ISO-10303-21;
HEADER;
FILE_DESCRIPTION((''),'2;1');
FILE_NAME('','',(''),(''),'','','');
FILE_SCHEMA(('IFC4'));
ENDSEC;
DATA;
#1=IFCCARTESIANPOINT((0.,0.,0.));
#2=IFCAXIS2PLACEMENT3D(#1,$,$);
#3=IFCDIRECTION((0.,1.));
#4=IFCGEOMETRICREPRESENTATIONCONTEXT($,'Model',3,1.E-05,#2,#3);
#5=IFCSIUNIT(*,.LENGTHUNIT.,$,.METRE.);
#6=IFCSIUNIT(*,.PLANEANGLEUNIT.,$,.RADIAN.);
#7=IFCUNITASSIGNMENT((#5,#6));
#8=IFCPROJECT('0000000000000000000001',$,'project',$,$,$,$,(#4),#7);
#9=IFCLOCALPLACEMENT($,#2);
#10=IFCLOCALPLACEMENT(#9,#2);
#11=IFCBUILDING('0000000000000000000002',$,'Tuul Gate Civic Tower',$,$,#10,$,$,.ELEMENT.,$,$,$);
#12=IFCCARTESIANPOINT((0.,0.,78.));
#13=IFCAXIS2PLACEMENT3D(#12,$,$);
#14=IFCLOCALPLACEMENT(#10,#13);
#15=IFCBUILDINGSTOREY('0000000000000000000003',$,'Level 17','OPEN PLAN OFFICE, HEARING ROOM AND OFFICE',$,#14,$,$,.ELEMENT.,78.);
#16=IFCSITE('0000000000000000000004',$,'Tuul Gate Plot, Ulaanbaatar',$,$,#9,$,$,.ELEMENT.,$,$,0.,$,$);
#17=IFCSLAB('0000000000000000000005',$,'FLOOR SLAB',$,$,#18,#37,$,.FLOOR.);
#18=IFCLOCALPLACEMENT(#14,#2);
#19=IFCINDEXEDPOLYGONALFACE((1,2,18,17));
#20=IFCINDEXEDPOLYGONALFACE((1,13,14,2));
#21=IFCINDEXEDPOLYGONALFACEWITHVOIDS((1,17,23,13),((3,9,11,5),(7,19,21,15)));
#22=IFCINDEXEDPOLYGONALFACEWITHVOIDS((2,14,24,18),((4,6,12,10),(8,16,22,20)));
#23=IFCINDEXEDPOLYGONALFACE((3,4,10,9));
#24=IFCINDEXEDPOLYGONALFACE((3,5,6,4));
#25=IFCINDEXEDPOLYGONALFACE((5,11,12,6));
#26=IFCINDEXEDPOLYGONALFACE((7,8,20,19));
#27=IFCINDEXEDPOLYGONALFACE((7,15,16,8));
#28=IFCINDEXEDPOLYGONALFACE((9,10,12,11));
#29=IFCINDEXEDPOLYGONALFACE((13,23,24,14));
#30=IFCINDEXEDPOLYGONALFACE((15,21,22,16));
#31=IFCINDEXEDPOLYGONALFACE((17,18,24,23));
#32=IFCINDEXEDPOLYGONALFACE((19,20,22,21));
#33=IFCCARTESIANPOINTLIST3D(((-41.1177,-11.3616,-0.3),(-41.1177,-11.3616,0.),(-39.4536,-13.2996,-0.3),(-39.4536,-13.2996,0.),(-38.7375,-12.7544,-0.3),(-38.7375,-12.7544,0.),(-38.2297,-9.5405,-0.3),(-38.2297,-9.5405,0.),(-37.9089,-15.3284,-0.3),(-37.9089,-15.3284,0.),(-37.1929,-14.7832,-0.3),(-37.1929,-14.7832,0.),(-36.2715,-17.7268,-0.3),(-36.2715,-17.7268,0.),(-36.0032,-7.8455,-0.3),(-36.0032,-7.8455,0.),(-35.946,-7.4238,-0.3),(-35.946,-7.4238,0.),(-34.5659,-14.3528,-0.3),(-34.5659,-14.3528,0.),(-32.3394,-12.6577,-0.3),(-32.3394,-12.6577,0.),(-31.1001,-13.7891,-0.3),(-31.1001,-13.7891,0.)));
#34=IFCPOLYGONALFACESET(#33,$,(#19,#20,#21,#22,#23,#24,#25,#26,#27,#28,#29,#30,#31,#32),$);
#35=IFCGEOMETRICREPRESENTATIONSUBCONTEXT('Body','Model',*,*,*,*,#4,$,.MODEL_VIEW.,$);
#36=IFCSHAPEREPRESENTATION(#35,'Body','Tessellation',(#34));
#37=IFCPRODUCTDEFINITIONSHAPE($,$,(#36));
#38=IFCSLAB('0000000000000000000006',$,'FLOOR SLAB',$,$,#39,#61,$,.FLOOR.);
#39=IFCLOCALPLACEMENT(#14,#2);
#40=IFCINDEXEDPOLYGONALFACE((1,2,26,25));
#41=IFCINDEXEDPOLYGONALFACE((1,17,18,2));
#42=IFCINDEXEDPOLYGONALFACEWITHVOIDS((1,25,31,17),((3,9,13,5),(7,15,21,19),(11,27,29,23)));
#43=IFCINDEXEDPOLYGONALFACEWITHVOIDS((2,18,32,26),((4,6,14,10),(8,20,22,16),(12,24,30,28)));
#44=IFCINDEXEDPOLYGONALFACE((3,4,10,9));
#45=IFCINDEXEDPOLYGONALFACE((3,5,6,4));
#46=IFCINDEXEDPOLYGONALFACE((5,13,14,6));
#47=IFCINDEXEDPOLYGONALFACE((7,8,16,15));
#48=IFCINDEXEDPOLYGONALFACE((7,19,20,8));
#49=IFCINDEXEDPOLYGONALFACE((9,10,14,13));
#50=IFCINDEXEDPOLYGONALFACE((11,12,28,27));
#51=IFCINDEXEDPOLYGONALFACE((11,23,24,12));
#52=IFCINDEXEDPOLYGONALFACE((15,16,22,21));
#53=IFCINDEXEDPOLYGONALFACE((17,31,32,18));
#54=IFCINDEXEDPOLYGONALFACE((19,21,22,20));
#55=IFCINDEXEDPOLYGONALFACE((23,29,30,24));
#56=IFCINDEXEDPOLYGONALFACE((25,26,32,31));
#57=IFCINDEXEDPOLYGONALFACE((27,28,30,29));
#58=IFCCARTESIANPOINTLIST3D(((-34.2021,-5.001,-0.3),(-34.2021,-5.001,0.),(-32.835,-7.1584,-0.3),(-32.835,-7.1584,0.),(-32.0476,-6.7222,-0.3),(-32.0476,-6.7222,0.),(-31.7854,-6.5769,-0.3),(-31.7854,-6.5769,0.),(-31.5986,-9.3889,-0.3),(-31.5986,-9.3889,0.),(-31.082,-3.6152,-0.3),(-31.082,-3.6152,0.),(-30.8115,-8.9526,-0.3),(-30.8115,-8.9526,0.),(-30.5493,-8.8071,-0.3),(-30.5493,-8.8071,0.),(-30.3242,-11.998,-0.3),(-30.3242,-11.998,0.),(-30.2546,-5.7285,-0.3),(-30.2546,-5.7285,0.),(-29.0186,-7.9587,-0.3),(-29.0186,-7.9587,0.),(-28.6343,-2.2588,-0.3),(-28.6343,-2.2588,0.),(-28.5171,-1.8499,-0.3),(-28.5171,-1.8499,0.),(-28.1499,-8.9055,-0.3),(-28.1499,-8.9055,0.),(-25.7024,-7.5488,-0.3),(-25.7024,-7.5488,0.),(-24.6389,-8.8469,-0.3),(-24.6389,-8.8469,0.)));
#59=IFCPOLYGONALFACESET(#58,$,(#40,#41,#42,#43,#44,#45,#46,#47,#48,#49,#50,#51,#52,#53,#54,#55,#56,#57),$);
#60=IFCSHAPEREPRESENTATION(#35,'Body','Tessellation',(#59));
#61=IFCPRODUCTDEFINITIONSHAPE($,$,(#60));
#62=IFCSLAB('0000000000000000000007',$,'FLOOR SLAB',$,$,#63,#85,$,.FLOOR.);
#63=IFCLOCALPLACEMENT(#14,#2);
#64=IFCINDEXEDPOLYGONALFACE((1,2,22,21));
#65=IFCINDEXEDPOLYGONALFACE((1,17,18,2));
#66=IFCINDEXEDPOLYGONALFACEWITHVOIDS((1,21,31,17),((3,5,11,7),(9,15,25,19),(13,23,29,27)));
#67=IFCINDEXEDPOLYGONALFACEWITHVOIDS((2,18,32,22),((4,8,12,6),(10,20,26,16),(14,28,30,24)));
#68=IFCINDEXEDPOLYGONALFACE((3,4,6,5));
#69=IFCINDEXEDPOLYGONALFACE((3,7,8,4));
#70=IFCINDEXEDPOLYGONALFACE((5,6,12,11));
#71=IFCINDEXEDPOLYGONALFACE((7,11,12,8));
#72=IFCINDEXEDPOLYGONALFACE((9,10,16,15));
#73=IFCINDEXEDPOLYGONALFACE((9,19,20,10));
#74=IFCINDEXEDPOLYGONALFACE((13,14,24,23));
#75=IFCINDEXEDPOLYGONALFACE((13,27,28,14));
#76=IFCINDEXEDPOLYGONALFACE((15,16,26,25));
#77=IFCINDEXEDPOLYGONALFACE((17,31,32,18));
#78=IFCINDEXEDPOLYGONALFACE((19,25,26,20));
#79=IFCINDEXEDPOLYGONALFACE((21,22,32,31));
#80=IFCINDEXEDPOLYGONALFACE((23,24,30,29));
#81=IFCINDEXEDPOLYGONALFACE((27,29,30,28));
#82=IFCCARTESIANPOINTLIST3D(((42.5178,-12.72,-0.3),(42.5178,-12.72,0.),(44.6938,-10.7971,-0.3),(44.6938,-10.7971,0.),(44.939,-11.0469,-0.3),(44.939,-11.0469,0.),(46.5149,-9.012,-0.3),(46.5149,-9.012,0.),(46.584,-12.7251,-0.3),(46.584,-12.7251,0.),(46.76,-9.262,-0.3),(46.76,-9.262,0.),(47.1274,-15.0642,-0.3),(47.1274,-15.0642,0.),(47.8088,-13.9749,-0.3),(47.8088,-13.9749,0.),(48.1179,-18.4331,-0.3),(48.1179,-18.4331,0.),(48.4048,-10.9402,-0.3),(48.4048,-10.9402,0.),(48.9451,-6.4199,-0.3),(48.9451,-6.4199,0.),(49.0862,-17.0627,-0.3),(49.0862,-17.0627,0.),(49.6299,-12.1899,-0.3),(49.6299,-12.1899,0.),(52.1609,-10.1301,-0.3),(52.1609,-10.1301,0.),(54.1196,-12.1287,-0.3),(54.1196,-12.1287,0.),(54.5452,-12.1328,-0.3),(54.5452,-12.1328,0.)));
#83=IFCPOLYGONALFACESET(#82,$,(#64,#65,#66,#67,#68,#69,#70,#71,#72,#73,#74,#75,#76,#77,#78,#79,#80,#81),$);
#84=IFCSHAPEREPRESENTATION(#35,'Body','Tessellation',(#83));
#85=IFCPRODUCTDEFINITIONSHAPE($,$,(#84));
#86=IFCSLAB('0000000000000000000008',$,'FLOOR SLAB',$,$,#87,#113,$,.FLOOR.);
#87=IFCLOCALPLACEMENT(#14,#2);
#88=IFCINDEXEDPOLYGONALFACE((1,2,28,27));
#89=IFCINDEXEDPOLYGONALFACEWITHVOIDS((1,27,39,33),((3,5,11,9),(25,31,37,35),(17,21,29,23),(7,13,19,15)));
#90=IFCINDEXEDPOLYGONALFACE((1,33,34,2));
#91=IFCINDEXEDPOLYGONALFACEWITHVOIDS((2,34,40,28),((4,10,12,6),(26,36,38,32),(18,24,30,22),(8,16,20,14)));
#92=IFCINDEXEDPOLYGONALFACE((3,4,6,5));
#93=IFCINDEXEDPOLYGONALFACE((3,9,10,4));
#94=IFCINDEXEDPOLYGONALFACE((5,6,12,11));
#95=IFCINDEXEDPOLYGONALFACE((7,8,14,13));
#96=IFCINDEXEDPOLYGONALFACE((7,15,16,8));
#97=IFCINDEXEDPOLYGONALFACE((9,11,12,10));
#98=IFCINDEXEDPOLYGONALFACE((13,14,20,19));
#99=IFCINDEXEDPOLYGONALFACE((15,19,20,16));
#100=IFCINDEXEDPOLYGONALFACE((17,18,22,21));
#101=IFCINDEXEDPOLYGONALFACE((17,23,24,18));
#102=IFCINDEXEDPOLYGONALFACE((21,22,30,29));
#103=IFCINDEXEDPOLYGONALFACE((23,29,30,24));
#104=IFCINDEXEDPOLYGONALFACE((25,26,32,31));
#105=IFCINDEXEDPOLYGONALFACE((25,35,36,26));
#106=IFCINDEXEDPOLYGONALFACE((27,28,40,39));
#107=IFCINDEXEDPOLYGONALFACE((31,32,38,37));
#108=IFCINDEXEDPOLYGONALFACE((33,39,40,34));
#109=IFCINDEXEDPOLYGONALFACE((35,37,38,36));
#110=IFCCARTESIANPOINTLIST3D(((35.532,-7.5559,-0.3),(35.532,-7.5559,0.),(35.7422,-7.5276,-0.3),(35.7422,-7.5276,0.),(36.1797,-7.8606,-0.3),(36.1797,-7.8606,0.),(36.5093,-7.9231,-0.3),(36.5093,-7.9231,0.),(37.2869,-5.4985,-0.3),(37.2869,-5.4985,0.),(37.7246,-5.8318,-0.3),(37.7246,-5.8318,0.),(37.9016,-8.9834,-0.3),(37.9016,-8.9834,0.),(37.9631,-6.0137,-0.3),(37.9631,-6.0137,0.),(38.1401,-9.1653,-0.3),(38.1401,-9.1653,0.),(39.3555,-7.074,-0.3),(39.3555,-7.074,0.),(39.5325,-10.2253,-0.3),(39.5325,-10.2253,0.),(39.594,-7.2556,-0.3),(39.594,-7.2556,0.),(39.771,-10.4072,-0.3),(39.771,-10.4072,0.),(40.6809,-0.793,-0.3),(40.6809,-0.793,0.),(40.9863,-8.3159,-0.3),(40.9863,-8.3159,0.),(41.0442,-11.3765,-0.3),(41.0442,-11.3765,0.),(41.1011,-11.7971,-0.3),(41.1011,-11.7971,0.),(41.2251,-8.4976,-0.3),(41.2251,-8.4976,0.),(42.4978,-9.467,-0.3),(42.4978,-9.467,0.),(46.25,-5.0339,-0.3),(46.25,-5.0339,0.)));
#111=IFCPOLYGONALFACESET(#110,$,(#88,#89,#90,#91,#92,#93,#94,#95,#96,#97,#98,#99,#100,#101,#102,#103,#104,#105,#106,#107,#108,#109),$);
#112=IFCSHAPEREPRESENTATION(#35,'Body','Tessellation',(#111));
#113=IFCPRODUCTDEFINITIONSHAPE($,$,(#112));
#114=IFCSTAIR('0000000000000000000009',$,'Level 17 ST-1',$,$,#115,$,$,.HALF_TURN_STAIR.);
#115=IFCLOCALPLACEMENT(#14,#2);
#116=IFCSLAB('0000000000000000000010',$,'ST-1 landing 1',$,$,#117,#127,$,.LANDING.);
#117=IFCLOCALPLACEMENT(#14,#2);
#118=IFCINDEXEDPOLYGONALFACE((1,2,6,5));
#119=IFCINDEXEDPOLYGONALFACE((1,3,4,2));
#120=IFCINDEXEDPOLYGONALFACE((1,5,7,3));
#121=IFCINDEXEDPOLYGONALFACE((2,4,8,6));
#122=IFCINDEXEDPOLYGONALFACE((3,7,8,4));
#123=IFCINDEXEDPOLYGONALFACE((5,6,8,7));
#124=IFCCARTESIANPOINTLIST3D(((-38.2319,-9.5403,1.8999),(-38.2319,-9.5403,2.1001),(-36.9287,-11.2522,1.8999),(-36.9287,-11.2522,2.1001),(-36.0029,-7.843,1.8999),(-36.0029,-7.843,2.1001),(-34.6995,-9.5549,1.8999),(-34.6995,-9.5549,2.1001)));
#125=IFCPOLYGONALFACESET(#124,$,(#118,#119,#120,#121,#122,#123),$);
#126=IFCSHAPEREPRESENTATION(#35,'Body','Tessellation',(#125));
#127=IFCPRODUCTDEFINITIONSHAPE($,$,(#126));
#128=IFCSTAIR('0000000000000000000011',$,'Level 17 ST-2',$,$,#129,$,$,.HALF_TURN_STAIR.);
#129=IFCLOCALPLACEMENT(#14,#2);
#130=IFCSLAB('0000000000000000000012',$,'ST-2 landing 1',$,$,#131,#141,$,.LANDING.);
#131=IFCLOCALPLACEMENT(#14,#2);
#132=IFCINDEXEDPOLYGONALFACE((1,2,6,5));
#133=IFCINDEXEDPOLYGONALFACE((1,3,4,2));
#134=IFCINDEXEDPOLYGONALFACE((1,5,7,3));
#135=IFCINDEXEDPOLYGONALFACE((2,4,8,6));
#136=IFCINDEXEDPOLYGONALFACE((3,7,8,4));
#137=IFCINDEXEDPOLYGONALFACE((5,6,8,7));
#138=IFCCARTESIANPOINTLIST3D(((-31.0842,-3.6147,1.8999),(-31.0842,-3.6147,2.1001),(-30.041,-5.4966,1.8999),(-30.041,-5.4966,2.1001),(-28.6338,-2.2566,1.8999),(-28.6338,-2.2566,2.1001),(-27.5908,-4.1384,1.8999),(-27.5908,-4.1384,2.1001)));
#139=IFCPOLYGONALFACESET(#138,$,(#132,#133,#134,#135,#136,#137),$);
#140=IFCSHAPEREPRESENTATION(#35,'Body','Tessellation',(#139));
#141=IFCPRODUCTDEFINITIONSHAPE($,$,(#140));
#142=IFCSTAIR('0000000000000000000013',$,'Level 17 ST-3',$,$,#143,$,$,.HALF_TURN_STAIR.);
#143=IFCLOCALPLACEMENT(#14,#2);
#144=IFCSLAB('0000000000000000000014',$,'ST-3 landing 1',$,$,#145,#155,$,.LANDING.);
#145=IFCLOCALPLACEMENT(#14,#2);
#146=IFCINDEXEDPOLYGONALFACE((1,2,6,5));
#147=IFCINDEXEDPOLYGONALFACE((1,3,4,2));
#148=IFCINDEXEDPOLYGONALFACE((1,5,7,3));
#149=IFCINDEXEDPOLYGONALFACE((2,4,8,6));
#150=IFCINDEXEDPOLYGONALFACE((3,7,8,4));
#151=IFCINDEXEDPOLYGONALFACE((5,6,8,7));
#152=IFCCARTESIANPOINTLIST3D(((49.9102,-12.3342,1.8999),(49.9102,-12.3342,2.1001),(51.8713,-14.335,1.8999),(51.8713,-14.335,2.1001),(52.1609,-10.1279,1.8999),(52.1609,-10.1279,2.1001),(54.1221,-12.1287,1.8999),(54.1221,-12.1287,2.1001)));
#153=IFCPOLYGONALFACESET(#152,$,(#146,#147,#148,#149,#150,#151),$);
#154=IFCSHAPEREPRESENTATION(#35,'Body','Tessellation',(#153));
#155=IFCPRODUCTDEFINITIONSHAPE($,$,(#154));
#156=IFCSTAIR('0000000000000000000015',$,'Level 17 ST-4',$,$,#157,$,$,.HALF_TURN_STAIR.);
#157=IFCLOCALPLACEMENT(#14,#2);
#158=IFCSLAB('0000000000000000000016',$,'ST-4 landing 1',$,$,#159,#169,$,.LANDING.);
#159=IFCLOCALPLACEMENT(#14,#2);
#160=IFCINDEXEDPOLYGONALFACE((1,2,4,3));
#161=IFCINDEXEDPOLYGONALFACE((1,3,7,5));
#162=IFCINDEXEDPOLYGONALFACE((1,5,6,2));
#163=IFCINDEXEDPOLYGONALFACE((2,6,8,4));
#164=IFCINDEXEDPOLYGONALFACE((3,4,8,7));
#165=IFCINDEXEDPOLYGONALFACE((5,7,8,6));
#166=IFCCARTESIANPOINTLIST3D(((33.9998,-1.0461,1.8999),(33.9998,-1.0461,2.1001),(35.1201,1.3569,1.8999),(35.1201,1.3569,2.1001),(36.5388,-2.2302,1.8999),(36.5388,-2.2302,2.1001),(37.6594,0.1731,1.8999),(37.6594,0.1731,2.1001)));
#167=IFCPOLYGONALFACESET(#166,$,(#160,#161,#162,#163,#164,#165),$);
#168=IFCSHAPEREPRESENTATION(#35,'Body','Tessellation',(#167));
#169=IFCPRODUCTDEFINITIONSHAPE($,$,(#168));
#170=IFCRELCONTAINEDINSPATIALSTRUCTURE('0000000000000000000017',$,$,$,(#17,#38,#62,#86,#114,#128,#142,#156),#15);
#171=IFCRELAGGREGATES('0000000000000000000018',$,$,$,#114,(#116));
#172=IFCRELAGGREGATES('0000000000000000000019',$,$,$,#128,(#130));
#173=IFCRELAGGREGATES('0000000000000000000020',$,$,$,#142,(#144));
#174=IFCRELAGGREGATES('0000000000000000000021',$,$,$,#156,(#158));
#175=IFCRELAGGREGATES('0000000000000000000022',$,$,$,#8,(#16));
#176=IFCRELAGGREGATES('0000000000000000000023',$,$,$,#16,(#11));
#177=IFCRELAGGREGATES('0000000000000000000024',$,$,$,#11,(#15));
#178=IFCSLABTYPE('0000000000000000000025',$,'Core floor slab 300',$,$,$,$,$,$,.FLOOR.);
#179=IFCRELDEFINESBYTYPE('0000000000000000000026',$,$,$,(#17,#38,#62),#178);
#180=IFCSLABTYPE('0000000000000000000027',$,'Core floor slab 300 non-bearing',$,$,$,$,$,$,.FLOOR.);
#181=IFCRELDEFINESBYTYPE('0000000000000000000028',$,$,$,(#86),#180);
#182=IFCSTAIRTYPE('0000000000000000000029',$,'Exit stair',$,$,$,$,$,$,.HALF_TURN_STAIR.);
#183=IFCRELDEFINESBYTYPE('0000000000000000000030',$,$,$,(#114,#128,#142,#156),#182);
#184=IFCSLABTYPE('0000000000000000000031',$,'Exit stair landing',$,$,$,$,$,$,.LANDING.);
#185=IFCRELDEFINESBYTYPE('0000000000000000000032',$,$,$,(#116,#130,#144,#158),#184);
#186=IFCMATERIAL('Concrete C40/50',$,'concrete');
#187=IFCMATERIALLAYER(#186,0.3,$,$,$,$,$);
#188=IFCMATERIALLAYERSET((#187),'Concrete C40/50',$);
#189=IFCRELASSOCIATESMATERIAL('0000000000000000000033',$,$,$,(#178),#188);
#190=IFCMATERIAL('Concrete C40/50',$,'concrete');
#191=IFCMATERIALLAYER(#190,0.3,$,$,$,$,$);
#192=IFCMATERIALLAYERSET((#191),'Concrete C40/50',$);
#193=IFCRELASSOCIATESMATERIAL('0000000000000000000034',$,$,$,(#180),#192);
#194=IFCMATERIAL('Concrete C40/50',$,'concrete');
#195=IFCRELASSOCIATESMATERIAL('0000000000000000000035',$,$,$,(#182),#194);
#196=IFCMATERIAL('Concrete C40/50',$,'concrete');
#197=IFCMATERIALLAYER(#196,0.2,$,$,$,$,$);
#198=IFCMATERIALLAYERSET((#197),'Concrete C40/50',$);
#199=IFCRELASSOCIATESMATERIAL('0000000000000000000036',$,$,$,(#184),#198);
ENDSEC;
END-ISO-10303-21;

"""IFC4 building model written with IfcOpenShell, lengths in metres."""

from ifc_helpers import new_model, si_unit, direction, frame, origin, place, context, subcontext, project, spatial, polyline, outline, extrude, material, layer, layer_set, type_object, element, aggregate, save


model = new_model("IFC4")

# Units and contexts
model_context = context("Model", 3, precision=1e-05, world=origin(), true_north=direction((0.0, 1.0)))
body_context = subcontext(model_context, "Body", "Model", "MODEL_VIEW")
ifc_project = project(units=[si_unit("LENGTHUNIT", "METRE"), si_unit("PLANEANGLEUNIT", "RADIAN")], contexts=[model_context])

# Site, building, storey
site_placement = place(None, origin())
site = spatial("IfcSite", under=ifc_project, at=site_placement, Name="Tuul Gate Plot, Ulaanbaatar", CompositionType="ELEMENT", RefElevation=0.0)
building_placement = place(site_placement, origin())
building = spatial("IfcBuilding", under=site, at=building_placement, Name="Tuul Gate Civic Tower", CompositionType="ELEMENT")
storey_placement = place(building_placement, frame((0.0, 0.0, 78.0)))
storey = spatial("IfcBuildingStorey", under=building, at=storey_placement, Name="Level 17", Description="OPEN PLAN OFFICE, HEARING ROOM AND OFFICE", CompositionType="ELEMENT", Elevation=78.0)

# Slabs
ifc_material_1 = material(Name="Concrete C40/50", Category="concrete")
ifc_layer_1 = layer(ifc_material_1, 0.3)
ifc_layer_set_1 = layer_set([ifc_layer_1], Name="Concrete C40/50")
slab_type_1 = type_object("IfcSlabType", Name="Core floor slab 300", PredefinedType="FLOOR", material=ifc_layer_set_1)
slab_1_placement = place(storey_placement, frame((0.0, 0.0, -0.3)))
element("IfcSlab", 1, at=slab_1_placement, inside=storey, type_object=slab_type_1, Name="FLOOR SLAB", PredefinedType="FLOOR", context=body_context, shape_type="SweptSolid", body=[
    extrude(outline(polyline([(-31.1001, -13.7891), (-35.946, -7.4238), (-41.1177, -11.3616), (-36.2715, -17.7268), (-31.1001, -13.7891)]), holes=[polyline([(-37.1929, -14.7832), (-38.7375, -12.7544), (-39.4536, -13.2996), (-37.9089, -15.3284), (-37.1929, -14.7832)]), polyline([(-32.3394, -12.6577), (-34.5659, -14.3528), (-38.2297, -9.5405), (-36.0032, -7.8455), (-32.3394, -12.6577)])]), origin(), (0.0, 0.0, 1.0), 0.3),
])
slab_2_placement = place(storey_placement, frame((0.0, 0.0, -0.3)))
element("IfcSlab", 2, at=slab_2_placement, inside=storey, type_object=slab_type_1, Name="FLOOR SLAB", PredefinedType="FLOOR", context=body_context, shape_type="SweptSolid", body=[
    extrude(outline(polyline([(-24.6389, -8.8469), (-28.5171, -1.8499), (-34.2021, -5.001), (-30.3242, -11.998), (-24.6389, -8.8469)]), holes=[polyline([(-29.0186, -7.9587), (-30.2546, -5.7285), (-31.7854, -6.5769), (-30.5493, -8.8071), (-29.0186, -7.9587)]), polyline([(-30.8115, -8.9526), (-32.0476, -6.7222), (-32.835, -7.1584), (-31.5986, -9.3889), (-30.8115, -8.9526)]), polyline([(-25.7024, -7.5488), (-28.1499, -8.9055), (-31.082, -3.6152), (-28.6343, -2.2588), (-25.7024, -7.5488)])]), origin(), (0.0, 0.0, 1.0), 0.3),
])
slab_3_placement = place(storey_placement, frame((0.0, 0.0, -0.3)))
element("IfcSlab", 3, at=slab_3_placement, inside=storey, type_object=slab_type_1, Name="FLOOR SLAB", PredefinedType="FLOOR", context=body_context, shape_type="SweptSolid", body=[
    extrude(outline(polyline([(48.1179, -18.4331), (54.5452, -12.1328), (48.9451, -6.4199), (42.5178, -12.72), (48.1179, -18.4331)]), holes=[polyline([(47.8088, -13.9749), (49.6299, -12.1899), (48.4048, -10.9402), (46.584, -12.7251), (47.8088, -13.9749)]), polyline([(44.939, -11.0469), (46.76, -9.262), (46.5149, -9.012), (44.6938, -10.7971), (44.939, -11.0469)]), polyline([(49.0862, -17.0627), (47.1274, -15.0642), (52.1609, -10.1301), (54.1196, -12.1287), (49.0862, -17.0627)])]), origin(), (0.0, 0.0, 1.0), 0.3),
])
ifc_material_2 = material(Name="Concrete C40/50", Category="concrete")
ifc_layer_2 = layer(ifc_material_2, 0.3)
ifc_layer_set_2 = layer_set([ifc_layer_2], Name="Concrete C40/50")
slab_type_2 = type_object("IfcSlabType", Name="Core floor slab 300 non-bearing", PredefinedType="FLOOR", material=ifc_layer_set_2)
slab_4_placement = place(storey_placement, frame((0.0, 0.0, -0.3)))
element("IfcSlab", 4, at=slab_4_placement, inside=storey, type_object=slab_type_2, Name="FLOOR SLAB", PredefinedType="FLOOR", context=body_context, shape_type="SweptSolid", body=[
    extrude(outline(polyline([(41.1011, -11.7971), (46.25, -5.0339), (40.6809, -0.793), (35.532, -7.5559), (41.1011, -11.7971)]), holes=[polyline([(41.0442, -11.3765), (42.4978, -9.467), (41.2251, -8.4976), (39.771, -10.4072), (41.0442, -11.3765)]), polyline([(39.5325, -10.2253), (40.9863, -8.3159), (39.594, -7.2556), (38.1401, -9.1653), (39.5325, -10.2253)]), polyline([(37.9016, -8.9834), (39.3555, -7.074), (37.9631, -6.0137), (36.5093, -7.9231), (37.9016, -8.9834)]), polyline([(36.1797, -7.8606), (37.7246, -5.8318), (37.2869, -5.4985), (35.7422, -7.5276), (36.1797, -7.8606)])]), origin(), (0.0, 0.0, 1.0), 0.3),
])

# Stairs, slabs
ifc_material_3 = material(Name="Concrete C40/50", Category="concrete")
stair_type = type_object("IfcStairType", Name="Exit stair", PredefinedType="HALF_TURN_STAIR", material=ifc_material_3)
stair_1_placement = place(storey_placement, origin())
stair_1 = element("IfcStair", 5, at=stair_1_placement, inside=storey, type_object=stair_type, Name="Level 17 ST-1", PredefinedType="HALF_TURN_STAIR")
ifc_material_4 = material(Name="Concrete C40/50", Category="concrete")
ifc_layer_3 = layer(ifc_material_4, 0.2)
ifc_layer_set_3 = layer_set([ifc_layer_3], Name="Concrete C40/50")
slab_type_3 = type_object("IfcSlabType", Name="Exit stair landing", PredefinedType="LANDING", material=ifc_layer_set_3)
slab_5_placement = place(storey_placement, frame((0.0, 0.0, 1.8999)))
slab_5 = element("IfcSlab", 6, at=slab_5_placement, type_object=slab_type_3, Name="ST-1 landing 1", PredefinedType="LANDING", context=body_context, shape_type="SweptSolid", body=[
    extrude(outline(polyline([(-34.6995, -9.5549), (-36.9287, -11.2522), (-38.2319, -9.5403), (-36.0029, -7.843), (-34.6995, -9.5549)])), origin(), (0.0, 0.0, 1.0), 0.2002),
])
aggregate(stair_1, [slab_5])
stair_2_placement = place(storey_placement, origin())
stair_2 = element("IfcStair", 7, at=stair_2_placement, inside=storey, type_object=stair_type, Name="Level 17 ST-2", PredefinedType="HALF_TURN_STAIR")
slab_6_placement = place(storey_placement, frame((0.0, 0.0, 1.8999)))
slab_6 = element("IfcSlab", 8, at=slab_6_placement, type_object=slab_type_3, Name="ST-2 landing 1", PredefinedType="LANDING", context=body_context, shape_type="SweptSolid", body=[
    extrude(outline(polyline([(-27.5908, -4.1384), (-30.041, -5.4966), (-31.0842, -3.6147), (-28.6338, -2.2566), (-27.5908, -4.1384)])), origin(), (0.0, 0.0, 1.0), 0.2002),
])
aggregate(stair_2, [slab_6])
stair_3_placement = place(storey_placement, origin())
stair_3 = element("IfcStair", 9, at=stair_3_placement, inside=storey, type_object=stair_type, Name="Level 17 ST-3", PredefinedType="HALF_TURN_STAIR")
slab_7_placement = place(storey_placement, frame((0.0, 0.0, 1.8999)))
slab_7 = element("IfcSlab", 10, at=slab_7_placement, type_object=slab_type_3, Name="ST-3 landing 1", PredefinedType="LANDING", context=body_context, shape_type="SweptSolid", body=[
    extrude(outline(polyline([(51.8713, -14.335), (49.9102, -12.3342), (52.1609, -10.1279), (54.1221, -12.1287), (51.8713, -14.335)])), origin(), (0.0, 0.0, 1.0), 0.2002),
])
aggregate(stair_3, [slab_7])
stair_4_placement = place(storey_placement, origin())
stair_4 = element("IfcStair", 11, at=stair_4_placement, inside=storey, type_object=stair_type, Name="Level 17 ST-4", PredefinedType="HALF_TURN_STAIR")
slab_8_placement = place(storey_placement, frame((0.0, 0.0, 1.8999)))
slab_8 = element("IfcSlab", 12, at=slab_8_placement, type_object=slab_type_3, Name="ST-4 landing 1", PredefinedType="LANDING", context=body_context, shape_type="SweptSolid", body=[
    extrude(outline(polyline([(36.5388, -2.2302), (33.9998, -1.0461), (35.1201, 1.3569), (37.6594, 0.1731), (36.5388, -2.2302)])), origin(), (0.0, 0.0, 1.0), 0.2002),
])
aggregate(stair_4, [slab_8])

save(model, "model.ifc")
